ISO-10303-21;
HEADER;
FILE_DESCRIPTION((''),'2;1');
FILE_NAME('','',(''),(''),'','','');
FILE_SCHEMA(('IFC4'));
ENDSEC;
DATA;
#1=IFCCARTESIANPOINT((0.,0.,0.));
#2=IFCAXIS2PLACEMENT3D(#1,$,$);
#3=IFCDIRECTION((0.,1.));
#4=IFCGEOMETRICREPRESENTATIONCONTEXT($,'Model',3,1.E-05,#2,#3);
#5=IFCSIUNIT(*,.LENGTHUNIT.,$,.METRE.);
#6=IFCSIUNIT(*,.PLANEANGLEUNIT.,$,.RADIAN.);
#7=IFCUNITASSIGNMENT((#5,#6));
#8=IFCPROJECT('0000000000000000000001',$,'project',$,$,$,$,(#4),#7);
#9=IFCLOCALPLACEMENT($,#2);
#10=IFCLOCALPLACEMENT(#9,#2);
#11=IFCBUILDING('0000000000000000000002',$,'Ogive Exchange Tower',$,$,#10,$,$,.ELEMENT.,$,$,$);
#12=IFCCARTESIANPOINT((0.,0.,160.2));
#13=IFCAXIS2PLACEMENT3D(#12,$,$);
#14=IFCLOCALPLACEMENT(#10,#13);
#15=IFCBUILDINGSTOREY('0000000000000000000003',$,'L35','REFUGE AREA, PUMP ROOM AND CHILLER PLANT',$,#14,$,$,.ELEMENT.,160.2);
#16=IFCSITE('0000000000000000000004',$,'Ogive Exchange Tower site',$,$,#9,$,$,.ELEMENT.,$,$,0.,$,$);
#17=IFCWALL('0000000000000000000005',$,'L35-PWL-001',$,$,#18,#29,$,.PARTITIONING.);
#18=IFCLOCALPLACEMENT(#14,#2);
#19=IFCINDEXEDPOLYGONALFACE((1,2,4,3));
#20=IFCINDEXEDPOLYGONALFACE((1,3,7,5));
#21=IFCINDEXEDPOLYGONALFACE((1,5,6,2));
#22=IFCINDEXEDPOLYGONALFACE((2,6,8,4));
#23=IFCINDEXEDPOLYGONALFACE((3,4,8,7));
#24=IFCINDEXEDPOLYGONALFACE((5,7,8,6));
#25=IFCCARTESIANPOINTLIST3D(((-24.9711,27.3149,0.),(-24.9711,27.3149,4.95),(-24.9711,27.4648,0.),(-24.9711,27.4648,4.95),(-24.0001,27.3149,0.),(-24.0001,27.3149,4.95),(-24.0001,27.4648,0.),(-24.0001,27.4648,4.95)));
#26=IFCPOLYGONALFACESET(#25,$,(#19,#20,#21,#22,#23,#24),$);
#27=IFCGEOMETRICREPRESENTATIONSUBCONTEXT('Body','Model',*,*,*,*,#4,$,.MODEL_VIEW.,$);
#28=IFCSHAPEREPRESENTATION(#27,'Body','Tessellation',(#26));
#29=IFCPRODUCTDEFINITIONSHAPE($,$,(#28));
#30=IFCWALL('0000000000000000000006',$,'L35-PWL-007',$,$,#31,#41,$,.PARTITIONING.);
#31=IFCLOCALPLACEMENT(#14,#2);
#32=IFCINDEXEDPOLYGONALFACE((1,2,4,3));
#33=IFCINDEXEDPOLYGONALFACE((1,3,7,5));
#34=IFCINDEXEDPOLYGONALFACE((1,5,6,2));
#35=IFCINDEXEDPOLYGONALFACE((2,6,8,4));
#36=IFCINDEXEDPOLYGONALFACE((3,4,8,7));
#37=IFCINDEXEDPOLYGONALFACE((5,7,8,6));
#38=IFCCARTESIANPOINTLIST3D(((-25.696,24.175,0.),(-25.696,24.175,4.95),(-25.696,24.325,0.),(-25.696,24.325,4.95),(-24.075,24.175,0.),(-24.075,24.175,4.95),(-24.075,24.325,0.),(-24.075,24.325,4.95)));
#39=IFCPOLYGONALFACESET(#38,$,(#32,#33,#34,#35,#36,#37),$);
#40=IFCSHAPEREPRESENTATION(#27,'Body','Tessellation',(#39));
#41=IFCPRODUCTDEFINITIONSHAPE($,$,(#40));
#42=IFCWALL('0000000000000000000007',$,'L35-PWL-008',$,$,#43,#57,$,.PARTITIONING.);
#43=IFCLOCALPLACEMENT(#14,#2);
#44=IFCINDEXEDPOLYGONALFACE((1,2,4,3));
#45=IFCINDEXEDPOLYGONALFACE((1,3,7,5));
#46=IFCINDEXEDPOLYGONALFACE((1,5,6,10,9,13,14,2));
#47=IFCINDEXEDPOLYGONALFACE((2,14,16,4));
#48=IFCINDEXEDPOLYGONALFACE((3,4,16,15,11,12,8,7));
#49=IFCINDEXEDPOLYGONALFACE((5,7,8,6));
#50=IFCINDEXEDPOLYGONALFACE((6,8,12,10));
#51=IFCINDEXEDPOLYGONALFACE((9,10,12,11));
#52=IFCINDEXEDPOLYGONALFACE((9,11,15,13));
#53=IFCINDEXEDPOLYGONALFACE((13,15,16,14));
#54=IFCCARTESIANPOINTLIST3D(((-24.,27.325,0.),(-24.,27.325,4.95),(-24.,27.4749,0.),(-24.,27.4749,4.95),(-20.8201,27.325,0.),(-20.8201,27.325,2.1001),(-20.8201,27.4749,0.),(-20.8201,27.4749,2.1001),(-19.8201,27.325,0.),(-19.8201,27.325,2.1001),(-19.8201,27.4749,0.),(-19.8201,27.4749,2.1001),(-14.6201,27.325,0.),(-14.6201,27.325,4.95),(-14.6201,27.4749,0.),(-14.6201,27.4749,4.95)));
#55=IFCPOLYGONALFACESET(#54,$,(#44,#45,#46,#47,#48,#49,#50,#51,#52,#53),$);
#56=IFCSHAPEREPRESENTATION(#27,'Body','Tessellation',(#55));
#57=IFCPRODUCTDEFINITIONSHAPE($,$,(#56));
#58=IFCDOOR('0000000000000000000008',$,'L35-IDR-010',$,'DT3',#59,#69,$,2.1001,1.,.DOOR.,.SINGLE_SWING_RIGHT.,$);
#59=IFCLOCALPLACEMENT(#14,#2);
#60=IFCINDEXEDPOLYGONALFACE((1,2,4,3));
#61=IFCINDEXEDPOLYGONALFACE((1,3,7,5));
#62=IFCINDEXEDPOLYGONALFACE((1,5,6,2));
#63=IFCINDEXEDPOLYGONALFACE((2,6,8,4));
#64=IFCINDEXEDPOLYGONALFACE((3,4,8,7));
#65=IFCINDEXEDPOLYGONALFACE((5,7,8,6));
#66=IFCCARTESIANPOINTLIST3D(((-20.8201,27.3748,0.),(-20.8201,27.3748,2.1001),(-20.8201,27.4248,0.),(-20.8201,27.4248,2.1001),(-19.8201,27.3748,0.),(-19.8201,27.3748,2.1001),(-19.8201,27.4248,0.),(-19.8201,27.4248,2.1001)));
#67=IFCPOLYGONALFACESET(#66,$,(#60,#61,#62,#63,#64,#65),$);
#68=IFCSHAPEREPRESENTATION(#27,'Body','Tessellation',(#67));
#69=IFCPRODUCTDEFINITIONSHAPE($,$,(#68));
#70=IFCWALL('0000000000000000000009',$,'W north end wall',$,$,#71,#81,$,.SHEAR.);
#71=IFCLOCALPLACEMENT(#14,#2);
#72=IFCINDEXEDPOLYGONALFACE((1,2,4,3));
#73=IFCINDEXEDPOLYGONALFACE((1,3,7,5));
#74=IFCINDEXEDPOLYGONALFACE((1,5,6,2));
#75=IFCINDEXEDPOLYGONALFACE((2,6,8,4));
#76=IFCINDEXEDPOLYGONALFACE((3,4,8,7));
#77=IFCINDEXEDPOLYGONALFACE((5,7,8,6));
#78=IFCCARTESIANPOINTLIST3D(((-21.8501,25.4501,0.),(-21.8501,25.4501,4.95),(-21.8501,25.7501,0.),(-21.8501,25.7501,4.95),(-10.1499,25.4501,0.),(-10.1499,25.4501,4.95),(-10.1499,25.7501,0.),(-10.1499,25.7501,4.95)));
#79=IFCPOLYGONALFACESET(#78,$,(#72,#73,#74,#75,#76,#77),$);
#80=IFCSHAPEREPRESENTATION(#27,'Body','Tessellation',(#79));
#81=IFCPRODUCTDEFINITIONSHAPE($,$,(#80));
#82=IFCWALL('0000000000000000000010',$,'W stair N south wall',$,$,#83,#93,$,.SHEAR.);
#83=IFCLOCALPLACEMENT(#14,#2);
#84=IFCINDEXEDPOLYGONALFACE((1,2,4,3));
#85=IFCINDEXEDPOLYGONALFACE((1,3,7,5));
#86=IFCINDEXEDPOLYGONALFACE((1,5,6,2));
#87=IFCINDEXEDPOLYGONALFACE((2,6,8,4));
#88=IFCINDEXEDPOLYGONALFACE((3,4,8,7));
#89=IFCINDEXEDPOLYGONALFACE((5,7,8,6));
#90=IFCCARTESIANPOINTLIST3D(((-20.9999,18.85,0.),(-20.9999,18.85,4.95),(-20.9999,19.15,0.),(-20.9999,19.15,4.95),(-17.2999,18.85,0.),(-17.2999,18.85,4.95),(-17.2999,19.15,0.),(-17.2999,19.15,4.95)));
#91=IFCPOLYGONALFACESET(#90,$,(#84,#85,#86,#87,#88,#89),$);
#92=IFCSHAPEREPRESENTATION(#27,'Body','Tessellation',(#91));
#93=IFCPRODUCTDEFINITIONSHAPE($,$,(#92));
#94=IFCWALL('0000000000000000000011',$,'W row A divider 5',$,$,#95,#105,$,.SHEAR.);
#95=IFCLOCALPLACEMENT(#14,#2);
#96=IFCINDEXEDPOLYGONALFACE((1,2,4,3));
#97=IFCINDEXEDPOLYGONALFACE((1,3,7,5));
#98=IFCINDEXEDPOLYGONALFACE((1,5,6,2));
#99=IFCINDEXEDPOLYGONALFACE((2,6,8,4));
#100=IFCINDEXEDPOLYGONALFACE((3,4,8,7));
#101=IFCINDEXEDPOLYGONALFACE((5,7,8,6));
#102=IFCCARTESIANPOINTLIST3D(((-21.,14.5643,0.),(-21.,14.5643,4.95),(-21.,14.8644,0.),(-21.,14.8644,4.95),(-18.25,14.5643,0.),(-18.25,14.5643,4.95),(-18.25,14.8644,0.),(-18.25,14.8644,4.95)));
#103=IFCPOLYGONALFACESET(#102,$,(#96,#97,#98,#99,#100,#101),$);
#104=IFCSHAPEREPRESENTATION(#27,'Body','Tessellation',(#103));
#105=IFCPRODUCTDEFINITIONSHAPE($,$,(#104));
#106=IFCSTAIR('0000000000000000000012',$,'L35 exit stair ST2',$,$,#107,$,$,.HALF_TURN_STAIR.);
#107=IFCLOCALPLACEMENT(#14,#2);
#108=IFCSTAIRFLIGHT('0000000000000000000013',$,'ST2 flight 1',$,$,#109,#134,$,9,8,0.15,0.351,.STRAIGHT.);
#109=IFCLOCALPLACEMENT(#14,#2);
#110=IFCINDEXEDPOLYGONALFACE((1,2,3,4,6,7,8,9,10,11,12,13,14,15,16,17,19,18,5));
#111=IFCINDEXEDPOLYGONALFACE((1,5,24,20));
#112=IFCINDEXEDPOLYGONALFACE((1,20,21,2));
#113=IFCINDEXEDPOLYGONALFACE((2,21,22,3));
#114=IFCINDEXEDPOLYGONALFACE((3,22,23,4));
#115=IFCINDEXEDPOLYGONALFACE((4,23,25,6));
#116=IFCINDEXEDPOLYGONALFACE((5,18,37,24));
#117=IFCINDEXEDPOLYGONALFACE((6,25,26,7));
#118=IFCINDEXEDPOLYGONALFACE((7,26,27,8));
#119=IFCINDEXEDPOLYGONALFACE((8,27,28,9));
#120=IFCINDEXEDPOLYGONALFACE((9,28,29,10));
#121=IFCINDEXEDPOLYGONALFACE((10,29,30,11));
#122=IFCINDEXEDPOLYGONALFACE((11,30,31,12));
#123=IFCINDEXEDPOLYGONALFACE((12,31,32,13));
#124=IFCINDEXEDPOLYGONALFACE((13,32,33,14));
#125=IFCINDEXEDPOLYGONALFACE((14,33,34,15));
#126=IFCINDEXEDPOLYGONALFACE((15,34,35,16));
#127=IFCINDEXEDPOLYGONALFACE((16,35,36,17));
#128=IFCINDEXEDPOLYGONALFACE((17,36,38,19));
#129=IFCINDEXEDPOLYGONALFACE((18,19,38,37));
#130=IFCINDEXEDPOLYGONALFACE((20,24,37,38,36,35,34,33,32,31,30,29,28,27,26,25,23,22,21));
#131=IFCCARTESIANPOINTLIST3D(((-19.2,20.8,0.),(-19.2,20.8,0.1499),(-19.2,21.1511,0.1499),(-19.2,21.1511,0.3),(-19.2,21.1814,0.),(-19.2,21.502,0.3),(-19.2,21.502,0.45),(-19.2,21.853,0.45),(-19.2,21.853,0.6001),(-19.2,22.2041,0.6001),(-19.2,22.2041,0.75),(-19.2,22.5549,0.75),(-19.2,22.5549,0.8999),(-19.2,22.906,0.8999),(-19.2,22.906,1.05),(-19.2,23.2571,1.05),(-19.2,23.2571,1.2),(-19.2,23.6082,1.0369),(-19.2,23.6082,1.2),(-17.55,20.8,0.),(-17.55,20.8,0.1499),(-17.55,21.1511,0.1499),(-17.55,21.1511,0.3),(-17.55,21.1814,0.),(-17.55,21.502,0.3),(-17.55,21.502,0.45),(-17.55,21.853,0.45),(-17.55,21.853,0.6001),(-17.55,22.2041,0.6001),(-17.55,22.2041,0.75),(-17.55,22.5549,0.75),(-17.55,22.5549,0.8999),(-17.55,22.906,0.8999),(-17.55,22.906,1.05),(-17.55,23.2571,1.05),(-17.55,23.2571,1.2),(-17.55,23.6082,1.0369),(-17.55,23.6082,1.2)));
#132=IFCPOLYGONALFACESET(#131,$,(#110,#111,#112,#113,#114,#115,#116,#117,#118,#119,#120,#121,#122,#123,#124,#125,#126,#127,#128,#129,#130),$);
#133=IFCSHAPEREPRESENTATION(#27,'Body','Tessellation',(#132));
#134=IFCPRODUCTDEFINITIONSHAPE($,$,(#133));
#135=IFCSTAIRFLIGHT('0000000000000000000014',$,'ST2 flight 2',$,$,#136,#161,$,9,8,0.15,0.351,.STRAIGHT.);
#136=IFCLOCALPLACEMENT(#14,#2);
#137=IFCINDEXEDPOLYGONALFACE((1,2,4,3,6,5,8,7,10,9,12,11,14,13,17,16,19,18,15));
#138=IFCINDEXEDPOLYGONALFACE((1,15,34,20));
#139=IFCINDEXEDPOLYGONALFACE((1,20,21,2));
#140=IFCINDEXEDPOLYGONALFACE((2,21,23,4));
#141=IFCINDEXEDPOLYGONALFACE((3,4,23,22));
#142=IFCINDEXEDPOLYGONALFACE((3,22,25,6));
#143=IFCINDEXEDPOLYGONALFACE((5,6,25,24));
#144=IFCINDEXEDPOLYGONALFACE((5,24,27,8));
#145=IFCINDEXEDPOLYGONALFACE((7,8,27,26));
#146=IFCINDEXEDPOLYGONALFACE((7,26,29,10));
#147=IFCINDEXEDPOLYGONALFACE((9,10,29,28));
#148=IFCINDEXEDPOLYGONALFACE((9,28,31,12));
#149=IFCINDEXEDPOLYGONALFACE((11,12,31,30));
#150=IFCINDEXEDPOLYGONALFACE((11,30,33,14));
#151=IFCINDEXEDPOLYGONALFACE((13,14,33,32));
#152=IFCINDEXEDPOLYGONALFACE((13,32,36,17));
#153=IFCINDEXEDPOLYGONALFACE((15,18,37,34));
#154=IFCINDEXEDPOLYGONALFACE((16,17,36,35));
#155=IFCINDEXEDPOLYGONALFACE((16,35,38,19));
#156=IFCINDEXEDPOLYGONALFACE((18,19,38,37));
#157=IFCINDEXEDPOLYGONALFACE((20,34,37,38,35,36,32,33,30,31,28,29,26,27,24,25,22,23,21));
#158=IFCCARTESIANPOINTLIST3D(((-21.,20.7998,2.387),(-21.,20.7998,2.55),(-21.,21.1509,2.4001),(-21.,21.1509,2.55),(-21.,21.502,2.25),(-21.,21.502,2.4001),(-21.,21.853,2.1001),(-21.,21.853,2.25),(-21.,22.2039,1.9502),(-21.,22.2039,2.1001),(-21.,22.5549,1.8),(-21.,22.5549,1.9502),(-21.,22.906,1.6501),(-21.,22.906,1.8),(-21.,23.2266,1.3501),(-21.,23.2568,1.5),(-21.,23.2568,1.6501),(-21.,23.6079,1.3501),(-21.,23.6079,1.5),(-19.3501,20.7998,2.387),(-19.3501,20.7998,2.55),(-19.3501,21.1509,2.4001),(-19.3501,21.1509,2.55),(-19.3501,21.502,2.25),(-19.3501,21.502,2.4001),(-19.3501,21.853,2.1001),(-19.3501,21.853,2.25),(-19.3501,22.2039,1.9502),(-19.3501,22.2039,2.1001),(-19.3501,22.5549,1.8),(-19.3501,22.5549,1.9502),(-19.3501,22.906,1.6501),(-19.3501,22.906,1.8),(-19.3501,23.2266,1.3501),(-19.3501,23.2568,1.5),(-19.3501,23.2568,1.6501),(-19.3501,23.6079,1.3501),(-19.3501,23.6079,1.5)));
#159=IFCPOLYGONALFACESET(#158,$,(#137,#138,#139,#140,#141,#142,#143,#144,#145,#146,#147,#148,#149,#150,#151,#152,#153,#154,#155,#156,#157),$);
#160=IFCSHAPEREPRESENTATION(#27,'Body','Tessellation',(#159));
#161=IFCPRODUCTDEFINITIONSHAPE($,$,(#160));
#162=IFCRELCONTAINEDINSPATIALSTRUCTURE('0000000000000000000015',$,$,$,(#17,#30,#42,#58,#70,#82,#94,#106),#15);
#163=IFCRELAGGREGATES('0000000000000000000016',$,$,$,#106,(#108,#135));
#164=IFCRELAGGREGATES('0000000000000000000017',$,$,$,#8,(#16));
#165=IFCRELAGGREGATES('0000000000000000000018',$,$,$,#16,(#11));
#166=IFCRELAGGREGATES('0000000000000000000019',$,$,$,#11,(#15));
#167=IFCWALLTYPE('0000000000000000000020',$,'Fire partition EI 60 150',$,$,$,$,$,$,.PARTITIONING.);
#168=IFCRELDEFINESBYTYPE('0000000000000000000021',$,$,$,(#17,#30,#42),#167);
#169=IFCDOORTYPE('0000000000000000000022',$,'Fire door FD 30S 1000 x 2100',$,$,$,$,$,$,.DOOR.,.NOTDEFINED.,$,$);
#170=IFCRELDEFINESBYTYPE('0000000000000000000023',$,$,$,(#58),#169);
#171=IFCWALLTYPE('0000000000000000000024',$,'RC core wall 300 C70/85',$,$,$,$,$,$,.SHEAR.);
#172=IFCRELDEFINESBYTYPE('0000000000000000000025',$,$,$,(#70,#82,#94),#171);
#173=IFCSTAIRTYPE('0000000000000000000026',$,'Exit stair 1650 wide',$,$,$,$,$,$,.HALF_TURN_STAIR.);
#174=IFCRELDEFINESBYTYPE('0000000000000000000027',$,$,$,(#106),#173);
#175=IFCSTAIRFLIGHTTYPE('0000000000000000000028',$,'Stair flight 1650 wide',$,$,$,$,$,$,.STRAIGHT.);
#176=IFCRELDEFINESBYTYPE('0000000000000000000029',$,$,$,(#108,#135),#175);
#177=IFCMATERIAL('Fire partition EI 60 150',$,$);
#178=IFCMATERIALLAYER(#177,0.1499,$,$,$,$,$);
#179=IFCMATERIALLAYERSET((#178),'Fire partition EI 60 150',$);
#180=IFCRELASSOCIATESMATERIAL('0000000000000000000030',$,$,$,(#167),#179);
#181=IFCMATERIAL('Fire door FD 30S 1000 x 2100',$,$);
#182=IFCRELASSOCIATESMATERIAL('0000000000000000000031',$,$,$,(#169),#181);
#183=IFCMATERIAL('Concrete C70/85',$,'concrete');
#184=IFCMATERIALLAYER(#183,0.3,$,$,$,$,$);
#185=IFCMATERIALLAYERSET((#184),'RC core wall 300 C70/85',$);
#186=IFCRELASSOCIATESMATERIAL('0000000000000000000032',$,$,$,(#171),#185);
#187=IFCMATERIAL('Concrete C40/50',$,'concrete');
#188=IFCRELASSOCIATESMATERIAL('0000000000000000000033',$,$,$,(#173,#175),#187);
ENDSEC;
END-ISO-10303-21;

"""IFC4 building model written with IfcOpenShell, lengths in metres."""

from ifc_helpers import new_model, si_unit, direction, frame, frame_2d, origin, place, context, subcontext, project, spatial, polyline, rectangle, outline, extrude, material, layer, layer_set, type_object, element, fill, aggregate, save


model = new_model("IFC4")

# Units and contexts
model_context = context("Model", 3, precision=1e-05, world=origin(), true_north=direction((0.0, 1.0)))
body_context = subcontext(model_context, "Body", "Model", "MODEL_VIEW")
ifc_project = project(units=[si_unit("LENGTHUNIT", "METRE"), si_unit("PLANEANGLEUNIT", "RADIAN")], contexts=[model_context])

# Site, building, storey
site_placement = place(None, origin())
site = spatial("IfcSite", under=ifc_project, at=site_placement, Name="Ogive Exchange Tower site", CompositionType="ELEMENT", RefElevation=0.0)
building_placement = place(site_placement, origin())
building = spatial("IfcBuilding", under=site, at=building_placement, Name="Ogive Exchange Tower", CompositionType="ELEMENT")
storey_placement = place(building_placement, frame((0.0, 0.0, 160.2)))
storey = spatial("IfcBuildingStorey", under=building, at=storey_placement, Name="L35", Description="REFUGE AREA, PUMP ROOM AND CHILLER PLANT", CompositionType="ELEMENT", Elevation=160.2)

# Walls
ifc_material_1 = material(Name="Fire partition EI 60 150")
ifc_layer_1 = layer(ifc_material_1, 0.1499)
ifc_layer_set_1 = layer_set([ifc_layer_1], Name="Fire partition EI 60 150")
wall_type_1 = type_object("IfcWallType", Name="Fire partition EI 60 150", PredefinedType="PARTITIONING", material=ifc_layer_set_1)
wall_1_placement = place(storey_placement, frame((-24.9709, 27.3899, 0.0), z_axis=(0.0, 0.0, 1.0), x_axis=(1.0, 0.0, 0.0)))
element("IfcWall", 1, at=wall_1_placement, inside=storey, type_object=wall_type_1, Name="L35-PWL-001", PredefinedType="PARTITIONING", context=body_context, shape_type="SweptSolid", body=[
    extrude(rectangle(XDim=0.9709, YDim=0.1499, at=frame_2d((0.4854, 0.0))), origin(), (0.0, 0.0, 1.0), 4.95),
])
wall_2_placement = place(storey_placement, frame((-24.075, 24.25, 0.0), z_axis=(0.0, 0.0, 1.0), x_axis=(-1.0, 0.0, 0.0)))
element("IfcWall", 2, at=wall_2_placement, inside=storey, type_object=wall_type_1, Name="L35-PWL-007", PredefinedType="PARTITIONING", context=body_context, shape_type="SweptSolid", body=[
    extrude(rectangle(XDim=1.6211, YDim=0.1499, at=frame_2d((0.8105, 0.0))), origin(), (0.0, 0.0, 1.0), 4.95),
])

# Wall, opening, door
wall_3_placement = place(storey_placement, frame((-24.0, 27.3999, 0.0), z_axis=(0.0, 0.0, 1.0), x_axis=(1.0, 0.0, 0.0)))
wall_3 = element("IfcWall", 3, at=wall_3_placement, inside=storey, type_object=wall_type_1, Name="L35-PWL-008", PredefinedType="PARTITIONING", context=body_context, shape_type="SweptSolid", body=[
    extrude(rectangle(XDim=9.3799, YDim=0.1499, at=frame_2d((4.6899, 0.0))), origin(), (0.0, 0.0, 1.0), 4.95),
])
opening_placement = place(wall_3_placement, frame((3.1799, 0.0, 0.0)))
opening = element("IfcOpeningElement", 4, at=opening_placement, cuts=wall_3, PredefinedType="OPENING", context=body_context, shape_type="SweptSolid", body=[
    extrude(rectangle(XDim=1.0, YDim=2.1001, at=frame_2d((0.5, 1.05))), frame((0.0, 0.085, 0.0), z_axis=(0.0, -1.0, 0.0), x_axis=(1.0, 0.0, 0.0)), (0.0, 0.0, 1.0), 0.1699),
])
ifc_material_2 = material(Name="Fire door FD 30S 1000 x 2100")
door_type = type_object("IfcDoorType", Name="Fire door FD 30S 1000 x 2100", OperationType="NOTDEFINED", PredefinedType="DOOR", material=ifc_material_2)
door_placement = place(opening_placement, origin())
door = element("IfcDoor", 5, at=door_placement, inside=storey, type_object=door_type, Name="L35-IDR-010", ObjectType="DT3", OperationType="SINGLE_SWING_RIGHT", OverallHeight=2.1001, OverallWidth=1.0, PredefinedType="DOOR", context=body_context, shape_type="SweptSolid", body=[
    extrude(rectangle(XDim=1.0, YDim=2.1001, at=frame_2d((0.5, 1.05))), frame((0.0, 0.0249, 0.0), z_axis=(0.0, -1.0, 0.0), x_axis=(1.0, 0.0, 0.0)), (0.0, 0.0, 1.0), 0.05),
])
fill(opening, door)

# Walls
ifc_material_3 = material(Name="Concrete C70/85", Category="concrete")
ifc_layer_2 = layer(ifc_material_3, 0.3)
ifc_layer_set_2 = layer_set([ifc_layer_2], Name="RC core wall 300 C70/85")
wall_type_2 = type_object("IfcWallType", Name="RC core wall 300 C70/85", PredefinedType="SHEAR", material=ifc_layer_set_2)
wall_4_placement = place(storey_placement, frame((-21.8501, 25.6001, 0.0), z_axis=(0.0, 0.0, 1.0), x_axis=(1.0, 0.0, 0.0)))
element("IfcWall", 6, at=wall_4_placement, inside=storey, type_object=wall_type_2, Name="W north end wall", PredefinedType="SHEAR", context=body_context, shape_type="SweptSolid", body=[
    extrude(rectangle(XDim=11.7002, YDim=0.3, at=frame_2d((5.8501, 0.0))), origin(), (0.0, 0.0, 1.0), 4.95),
])
wall_5_placement = place(storey_placement, frame((-21.0, 19.0, 0.0), z_axis=(0.0, 0.0, 1.0), x_axis=(1.0, 0.0, 0.0)))
element("IfcWall", 7, at=wall_5_placement, inside=storey, type_object=wall_type_2, Name="W stair N south wall", PredefinedType="SHEAR", context=body_context, shape_type="SweptSolid", body=[
    extrude(rectangle(XDim=3.7, YDim=0.3, at=frame_2d((1.8501, 0.0))), origin(), (0.0, 0.0, 1.0), 4.95),
])
wall_6_placement = place(storey_placement, frame((-21.0, 14.7144, 0.0), z_axis=(0.0, 0.0, 1.0), x_axis=(1.0, 0.0, 0.0)))
element("IfcWall", 8, at=wall_6_placement, inside=storey, type_object=wall_type_2, Name="W row A divider 5", PredefinedType="SHEAR", context=body_context, shape_type="SweptSolid", body=[
    extrude(rectangle(XDim=2.75, YDim=0.3, at=frame_2d((1.375, 0.0))), origin(), (0.0, 0.0, 1.0), 4.95),
])

# Stair, stair flights
ifc_material_4 = material(Name="Concrete C40/50", Category="concrete")
stair_type = type_object("IfcStairType", Name="Exit stair 1650 wide", PredefinedType="HALF_TURN_STAIR", material=ifc_material_4)
stair_placement = place(storey_placement, origin())
stair = element("IfcStair", 9, at=stair_placement, inside=storey, type_object=stair_type, Name="L35 exit stair ST2", PredefinedType="HALF_TURN_STAIR")
stair_flight_type = type_object("IfcStairFlightType", Name="Stair flight 1650 wide", PredefinedType="STRAIGHT", material=ifc_material_4)
stair_flight_1_placement = place(storey_placement, frame((-18.375, 20.8, 0.0), z_axis=(0.0, 0.0, 1.0), x_axis=(0.0, 1.0, 0.0)))
stair_flight_1 = element("IfcStairFlight", 10, at=stair_flight_1_placement, type_object=stair_flight_type, Name="ST2 flight 1", NumberOfRisers=9, NumberOfTreads=8, PredefinedType="STRAIGHT", RiserHeight=0.15, TreadLength=0.351, context=body_context, shape_type="SweptSolid", body=[
    extrude(outline(polyline([(0.0, 0.0), (0.0, 0.1499), (0.3511, 0.1499), (0.3511, 0.3), (0.7019, 0.3), (0.7019, 0.45), (1.053, 0.45), (1.053, 0.6001), (1.4041, 0.6001), (1.4041, 0.75), (1.7549, 0.75), (1.7549, 0.8999), (2.106, 0.8999), (2.106, 1.05), (2.457, 1.05), (2.457, 1.2), (2.8081, 1.2), (2.8081, 1.3501), (2.8081, 1.0369), (0.3813, 0.0), (0.0, 0.0)])), frame((0.0, 0.825, 0.0), z_axis=(0.0, -1.0, 0.0), x_axis=(1.0, 0.0, 0.0)), (0.0, 0.0, 1.0), 1.6499),
])
stair_flight_2_placement = place(storey_placement, frame((-20.175, 23.6079, 1.3501), z_axis=(0.0, 0.0, 1.0), x_axis=(0.0, -1.0, 0.0)))
stair_flight_2 = element("IfcStairFlight", 11, at=stair_flight_2_placement, type_object=stair_flight_type, Name="ST2 flight 2", NumberOfRisers=9, NumberOfTreads=8, PredefinedType="STRAIGHT", RiserHeight=0.15, TreadLength=0.351, context=body_context, shape_type="SweptSolid", body=[
    extrude(outline(polyline([(0.0, 0.0), (0.0, 0.1499), (0.3511, 0.1499), (0.3511, 0.3), (0.7019, 0.3), (0.7019, 0.45), (1.053, 0.45), (1.053, 0.6001), (1.4041, 0.6001), (1.4041, 0.75), (1.7549, 0.75), (1.7549, 0.8999), (2.106, 0.8999), (2.106, 1.05), (2.457, 1.05), (2.457, 1.2), (2.8081, 1.2), (2.8081, 1.3501), (2.8081, 1.0369), (0.3813, 0.0), (0.0, 0.0)])), frame((0.0, 0.825, 0.0), z_axis=(0.0, -1.0, 0.0), x_axis=(1.0, 0.0, 0.0)), (0.0, 0.0, 1.0), 1.6499),
])
aggregate(stair, [stair_flight_1, stair_flight_2])

save(model, "model.ifc")
